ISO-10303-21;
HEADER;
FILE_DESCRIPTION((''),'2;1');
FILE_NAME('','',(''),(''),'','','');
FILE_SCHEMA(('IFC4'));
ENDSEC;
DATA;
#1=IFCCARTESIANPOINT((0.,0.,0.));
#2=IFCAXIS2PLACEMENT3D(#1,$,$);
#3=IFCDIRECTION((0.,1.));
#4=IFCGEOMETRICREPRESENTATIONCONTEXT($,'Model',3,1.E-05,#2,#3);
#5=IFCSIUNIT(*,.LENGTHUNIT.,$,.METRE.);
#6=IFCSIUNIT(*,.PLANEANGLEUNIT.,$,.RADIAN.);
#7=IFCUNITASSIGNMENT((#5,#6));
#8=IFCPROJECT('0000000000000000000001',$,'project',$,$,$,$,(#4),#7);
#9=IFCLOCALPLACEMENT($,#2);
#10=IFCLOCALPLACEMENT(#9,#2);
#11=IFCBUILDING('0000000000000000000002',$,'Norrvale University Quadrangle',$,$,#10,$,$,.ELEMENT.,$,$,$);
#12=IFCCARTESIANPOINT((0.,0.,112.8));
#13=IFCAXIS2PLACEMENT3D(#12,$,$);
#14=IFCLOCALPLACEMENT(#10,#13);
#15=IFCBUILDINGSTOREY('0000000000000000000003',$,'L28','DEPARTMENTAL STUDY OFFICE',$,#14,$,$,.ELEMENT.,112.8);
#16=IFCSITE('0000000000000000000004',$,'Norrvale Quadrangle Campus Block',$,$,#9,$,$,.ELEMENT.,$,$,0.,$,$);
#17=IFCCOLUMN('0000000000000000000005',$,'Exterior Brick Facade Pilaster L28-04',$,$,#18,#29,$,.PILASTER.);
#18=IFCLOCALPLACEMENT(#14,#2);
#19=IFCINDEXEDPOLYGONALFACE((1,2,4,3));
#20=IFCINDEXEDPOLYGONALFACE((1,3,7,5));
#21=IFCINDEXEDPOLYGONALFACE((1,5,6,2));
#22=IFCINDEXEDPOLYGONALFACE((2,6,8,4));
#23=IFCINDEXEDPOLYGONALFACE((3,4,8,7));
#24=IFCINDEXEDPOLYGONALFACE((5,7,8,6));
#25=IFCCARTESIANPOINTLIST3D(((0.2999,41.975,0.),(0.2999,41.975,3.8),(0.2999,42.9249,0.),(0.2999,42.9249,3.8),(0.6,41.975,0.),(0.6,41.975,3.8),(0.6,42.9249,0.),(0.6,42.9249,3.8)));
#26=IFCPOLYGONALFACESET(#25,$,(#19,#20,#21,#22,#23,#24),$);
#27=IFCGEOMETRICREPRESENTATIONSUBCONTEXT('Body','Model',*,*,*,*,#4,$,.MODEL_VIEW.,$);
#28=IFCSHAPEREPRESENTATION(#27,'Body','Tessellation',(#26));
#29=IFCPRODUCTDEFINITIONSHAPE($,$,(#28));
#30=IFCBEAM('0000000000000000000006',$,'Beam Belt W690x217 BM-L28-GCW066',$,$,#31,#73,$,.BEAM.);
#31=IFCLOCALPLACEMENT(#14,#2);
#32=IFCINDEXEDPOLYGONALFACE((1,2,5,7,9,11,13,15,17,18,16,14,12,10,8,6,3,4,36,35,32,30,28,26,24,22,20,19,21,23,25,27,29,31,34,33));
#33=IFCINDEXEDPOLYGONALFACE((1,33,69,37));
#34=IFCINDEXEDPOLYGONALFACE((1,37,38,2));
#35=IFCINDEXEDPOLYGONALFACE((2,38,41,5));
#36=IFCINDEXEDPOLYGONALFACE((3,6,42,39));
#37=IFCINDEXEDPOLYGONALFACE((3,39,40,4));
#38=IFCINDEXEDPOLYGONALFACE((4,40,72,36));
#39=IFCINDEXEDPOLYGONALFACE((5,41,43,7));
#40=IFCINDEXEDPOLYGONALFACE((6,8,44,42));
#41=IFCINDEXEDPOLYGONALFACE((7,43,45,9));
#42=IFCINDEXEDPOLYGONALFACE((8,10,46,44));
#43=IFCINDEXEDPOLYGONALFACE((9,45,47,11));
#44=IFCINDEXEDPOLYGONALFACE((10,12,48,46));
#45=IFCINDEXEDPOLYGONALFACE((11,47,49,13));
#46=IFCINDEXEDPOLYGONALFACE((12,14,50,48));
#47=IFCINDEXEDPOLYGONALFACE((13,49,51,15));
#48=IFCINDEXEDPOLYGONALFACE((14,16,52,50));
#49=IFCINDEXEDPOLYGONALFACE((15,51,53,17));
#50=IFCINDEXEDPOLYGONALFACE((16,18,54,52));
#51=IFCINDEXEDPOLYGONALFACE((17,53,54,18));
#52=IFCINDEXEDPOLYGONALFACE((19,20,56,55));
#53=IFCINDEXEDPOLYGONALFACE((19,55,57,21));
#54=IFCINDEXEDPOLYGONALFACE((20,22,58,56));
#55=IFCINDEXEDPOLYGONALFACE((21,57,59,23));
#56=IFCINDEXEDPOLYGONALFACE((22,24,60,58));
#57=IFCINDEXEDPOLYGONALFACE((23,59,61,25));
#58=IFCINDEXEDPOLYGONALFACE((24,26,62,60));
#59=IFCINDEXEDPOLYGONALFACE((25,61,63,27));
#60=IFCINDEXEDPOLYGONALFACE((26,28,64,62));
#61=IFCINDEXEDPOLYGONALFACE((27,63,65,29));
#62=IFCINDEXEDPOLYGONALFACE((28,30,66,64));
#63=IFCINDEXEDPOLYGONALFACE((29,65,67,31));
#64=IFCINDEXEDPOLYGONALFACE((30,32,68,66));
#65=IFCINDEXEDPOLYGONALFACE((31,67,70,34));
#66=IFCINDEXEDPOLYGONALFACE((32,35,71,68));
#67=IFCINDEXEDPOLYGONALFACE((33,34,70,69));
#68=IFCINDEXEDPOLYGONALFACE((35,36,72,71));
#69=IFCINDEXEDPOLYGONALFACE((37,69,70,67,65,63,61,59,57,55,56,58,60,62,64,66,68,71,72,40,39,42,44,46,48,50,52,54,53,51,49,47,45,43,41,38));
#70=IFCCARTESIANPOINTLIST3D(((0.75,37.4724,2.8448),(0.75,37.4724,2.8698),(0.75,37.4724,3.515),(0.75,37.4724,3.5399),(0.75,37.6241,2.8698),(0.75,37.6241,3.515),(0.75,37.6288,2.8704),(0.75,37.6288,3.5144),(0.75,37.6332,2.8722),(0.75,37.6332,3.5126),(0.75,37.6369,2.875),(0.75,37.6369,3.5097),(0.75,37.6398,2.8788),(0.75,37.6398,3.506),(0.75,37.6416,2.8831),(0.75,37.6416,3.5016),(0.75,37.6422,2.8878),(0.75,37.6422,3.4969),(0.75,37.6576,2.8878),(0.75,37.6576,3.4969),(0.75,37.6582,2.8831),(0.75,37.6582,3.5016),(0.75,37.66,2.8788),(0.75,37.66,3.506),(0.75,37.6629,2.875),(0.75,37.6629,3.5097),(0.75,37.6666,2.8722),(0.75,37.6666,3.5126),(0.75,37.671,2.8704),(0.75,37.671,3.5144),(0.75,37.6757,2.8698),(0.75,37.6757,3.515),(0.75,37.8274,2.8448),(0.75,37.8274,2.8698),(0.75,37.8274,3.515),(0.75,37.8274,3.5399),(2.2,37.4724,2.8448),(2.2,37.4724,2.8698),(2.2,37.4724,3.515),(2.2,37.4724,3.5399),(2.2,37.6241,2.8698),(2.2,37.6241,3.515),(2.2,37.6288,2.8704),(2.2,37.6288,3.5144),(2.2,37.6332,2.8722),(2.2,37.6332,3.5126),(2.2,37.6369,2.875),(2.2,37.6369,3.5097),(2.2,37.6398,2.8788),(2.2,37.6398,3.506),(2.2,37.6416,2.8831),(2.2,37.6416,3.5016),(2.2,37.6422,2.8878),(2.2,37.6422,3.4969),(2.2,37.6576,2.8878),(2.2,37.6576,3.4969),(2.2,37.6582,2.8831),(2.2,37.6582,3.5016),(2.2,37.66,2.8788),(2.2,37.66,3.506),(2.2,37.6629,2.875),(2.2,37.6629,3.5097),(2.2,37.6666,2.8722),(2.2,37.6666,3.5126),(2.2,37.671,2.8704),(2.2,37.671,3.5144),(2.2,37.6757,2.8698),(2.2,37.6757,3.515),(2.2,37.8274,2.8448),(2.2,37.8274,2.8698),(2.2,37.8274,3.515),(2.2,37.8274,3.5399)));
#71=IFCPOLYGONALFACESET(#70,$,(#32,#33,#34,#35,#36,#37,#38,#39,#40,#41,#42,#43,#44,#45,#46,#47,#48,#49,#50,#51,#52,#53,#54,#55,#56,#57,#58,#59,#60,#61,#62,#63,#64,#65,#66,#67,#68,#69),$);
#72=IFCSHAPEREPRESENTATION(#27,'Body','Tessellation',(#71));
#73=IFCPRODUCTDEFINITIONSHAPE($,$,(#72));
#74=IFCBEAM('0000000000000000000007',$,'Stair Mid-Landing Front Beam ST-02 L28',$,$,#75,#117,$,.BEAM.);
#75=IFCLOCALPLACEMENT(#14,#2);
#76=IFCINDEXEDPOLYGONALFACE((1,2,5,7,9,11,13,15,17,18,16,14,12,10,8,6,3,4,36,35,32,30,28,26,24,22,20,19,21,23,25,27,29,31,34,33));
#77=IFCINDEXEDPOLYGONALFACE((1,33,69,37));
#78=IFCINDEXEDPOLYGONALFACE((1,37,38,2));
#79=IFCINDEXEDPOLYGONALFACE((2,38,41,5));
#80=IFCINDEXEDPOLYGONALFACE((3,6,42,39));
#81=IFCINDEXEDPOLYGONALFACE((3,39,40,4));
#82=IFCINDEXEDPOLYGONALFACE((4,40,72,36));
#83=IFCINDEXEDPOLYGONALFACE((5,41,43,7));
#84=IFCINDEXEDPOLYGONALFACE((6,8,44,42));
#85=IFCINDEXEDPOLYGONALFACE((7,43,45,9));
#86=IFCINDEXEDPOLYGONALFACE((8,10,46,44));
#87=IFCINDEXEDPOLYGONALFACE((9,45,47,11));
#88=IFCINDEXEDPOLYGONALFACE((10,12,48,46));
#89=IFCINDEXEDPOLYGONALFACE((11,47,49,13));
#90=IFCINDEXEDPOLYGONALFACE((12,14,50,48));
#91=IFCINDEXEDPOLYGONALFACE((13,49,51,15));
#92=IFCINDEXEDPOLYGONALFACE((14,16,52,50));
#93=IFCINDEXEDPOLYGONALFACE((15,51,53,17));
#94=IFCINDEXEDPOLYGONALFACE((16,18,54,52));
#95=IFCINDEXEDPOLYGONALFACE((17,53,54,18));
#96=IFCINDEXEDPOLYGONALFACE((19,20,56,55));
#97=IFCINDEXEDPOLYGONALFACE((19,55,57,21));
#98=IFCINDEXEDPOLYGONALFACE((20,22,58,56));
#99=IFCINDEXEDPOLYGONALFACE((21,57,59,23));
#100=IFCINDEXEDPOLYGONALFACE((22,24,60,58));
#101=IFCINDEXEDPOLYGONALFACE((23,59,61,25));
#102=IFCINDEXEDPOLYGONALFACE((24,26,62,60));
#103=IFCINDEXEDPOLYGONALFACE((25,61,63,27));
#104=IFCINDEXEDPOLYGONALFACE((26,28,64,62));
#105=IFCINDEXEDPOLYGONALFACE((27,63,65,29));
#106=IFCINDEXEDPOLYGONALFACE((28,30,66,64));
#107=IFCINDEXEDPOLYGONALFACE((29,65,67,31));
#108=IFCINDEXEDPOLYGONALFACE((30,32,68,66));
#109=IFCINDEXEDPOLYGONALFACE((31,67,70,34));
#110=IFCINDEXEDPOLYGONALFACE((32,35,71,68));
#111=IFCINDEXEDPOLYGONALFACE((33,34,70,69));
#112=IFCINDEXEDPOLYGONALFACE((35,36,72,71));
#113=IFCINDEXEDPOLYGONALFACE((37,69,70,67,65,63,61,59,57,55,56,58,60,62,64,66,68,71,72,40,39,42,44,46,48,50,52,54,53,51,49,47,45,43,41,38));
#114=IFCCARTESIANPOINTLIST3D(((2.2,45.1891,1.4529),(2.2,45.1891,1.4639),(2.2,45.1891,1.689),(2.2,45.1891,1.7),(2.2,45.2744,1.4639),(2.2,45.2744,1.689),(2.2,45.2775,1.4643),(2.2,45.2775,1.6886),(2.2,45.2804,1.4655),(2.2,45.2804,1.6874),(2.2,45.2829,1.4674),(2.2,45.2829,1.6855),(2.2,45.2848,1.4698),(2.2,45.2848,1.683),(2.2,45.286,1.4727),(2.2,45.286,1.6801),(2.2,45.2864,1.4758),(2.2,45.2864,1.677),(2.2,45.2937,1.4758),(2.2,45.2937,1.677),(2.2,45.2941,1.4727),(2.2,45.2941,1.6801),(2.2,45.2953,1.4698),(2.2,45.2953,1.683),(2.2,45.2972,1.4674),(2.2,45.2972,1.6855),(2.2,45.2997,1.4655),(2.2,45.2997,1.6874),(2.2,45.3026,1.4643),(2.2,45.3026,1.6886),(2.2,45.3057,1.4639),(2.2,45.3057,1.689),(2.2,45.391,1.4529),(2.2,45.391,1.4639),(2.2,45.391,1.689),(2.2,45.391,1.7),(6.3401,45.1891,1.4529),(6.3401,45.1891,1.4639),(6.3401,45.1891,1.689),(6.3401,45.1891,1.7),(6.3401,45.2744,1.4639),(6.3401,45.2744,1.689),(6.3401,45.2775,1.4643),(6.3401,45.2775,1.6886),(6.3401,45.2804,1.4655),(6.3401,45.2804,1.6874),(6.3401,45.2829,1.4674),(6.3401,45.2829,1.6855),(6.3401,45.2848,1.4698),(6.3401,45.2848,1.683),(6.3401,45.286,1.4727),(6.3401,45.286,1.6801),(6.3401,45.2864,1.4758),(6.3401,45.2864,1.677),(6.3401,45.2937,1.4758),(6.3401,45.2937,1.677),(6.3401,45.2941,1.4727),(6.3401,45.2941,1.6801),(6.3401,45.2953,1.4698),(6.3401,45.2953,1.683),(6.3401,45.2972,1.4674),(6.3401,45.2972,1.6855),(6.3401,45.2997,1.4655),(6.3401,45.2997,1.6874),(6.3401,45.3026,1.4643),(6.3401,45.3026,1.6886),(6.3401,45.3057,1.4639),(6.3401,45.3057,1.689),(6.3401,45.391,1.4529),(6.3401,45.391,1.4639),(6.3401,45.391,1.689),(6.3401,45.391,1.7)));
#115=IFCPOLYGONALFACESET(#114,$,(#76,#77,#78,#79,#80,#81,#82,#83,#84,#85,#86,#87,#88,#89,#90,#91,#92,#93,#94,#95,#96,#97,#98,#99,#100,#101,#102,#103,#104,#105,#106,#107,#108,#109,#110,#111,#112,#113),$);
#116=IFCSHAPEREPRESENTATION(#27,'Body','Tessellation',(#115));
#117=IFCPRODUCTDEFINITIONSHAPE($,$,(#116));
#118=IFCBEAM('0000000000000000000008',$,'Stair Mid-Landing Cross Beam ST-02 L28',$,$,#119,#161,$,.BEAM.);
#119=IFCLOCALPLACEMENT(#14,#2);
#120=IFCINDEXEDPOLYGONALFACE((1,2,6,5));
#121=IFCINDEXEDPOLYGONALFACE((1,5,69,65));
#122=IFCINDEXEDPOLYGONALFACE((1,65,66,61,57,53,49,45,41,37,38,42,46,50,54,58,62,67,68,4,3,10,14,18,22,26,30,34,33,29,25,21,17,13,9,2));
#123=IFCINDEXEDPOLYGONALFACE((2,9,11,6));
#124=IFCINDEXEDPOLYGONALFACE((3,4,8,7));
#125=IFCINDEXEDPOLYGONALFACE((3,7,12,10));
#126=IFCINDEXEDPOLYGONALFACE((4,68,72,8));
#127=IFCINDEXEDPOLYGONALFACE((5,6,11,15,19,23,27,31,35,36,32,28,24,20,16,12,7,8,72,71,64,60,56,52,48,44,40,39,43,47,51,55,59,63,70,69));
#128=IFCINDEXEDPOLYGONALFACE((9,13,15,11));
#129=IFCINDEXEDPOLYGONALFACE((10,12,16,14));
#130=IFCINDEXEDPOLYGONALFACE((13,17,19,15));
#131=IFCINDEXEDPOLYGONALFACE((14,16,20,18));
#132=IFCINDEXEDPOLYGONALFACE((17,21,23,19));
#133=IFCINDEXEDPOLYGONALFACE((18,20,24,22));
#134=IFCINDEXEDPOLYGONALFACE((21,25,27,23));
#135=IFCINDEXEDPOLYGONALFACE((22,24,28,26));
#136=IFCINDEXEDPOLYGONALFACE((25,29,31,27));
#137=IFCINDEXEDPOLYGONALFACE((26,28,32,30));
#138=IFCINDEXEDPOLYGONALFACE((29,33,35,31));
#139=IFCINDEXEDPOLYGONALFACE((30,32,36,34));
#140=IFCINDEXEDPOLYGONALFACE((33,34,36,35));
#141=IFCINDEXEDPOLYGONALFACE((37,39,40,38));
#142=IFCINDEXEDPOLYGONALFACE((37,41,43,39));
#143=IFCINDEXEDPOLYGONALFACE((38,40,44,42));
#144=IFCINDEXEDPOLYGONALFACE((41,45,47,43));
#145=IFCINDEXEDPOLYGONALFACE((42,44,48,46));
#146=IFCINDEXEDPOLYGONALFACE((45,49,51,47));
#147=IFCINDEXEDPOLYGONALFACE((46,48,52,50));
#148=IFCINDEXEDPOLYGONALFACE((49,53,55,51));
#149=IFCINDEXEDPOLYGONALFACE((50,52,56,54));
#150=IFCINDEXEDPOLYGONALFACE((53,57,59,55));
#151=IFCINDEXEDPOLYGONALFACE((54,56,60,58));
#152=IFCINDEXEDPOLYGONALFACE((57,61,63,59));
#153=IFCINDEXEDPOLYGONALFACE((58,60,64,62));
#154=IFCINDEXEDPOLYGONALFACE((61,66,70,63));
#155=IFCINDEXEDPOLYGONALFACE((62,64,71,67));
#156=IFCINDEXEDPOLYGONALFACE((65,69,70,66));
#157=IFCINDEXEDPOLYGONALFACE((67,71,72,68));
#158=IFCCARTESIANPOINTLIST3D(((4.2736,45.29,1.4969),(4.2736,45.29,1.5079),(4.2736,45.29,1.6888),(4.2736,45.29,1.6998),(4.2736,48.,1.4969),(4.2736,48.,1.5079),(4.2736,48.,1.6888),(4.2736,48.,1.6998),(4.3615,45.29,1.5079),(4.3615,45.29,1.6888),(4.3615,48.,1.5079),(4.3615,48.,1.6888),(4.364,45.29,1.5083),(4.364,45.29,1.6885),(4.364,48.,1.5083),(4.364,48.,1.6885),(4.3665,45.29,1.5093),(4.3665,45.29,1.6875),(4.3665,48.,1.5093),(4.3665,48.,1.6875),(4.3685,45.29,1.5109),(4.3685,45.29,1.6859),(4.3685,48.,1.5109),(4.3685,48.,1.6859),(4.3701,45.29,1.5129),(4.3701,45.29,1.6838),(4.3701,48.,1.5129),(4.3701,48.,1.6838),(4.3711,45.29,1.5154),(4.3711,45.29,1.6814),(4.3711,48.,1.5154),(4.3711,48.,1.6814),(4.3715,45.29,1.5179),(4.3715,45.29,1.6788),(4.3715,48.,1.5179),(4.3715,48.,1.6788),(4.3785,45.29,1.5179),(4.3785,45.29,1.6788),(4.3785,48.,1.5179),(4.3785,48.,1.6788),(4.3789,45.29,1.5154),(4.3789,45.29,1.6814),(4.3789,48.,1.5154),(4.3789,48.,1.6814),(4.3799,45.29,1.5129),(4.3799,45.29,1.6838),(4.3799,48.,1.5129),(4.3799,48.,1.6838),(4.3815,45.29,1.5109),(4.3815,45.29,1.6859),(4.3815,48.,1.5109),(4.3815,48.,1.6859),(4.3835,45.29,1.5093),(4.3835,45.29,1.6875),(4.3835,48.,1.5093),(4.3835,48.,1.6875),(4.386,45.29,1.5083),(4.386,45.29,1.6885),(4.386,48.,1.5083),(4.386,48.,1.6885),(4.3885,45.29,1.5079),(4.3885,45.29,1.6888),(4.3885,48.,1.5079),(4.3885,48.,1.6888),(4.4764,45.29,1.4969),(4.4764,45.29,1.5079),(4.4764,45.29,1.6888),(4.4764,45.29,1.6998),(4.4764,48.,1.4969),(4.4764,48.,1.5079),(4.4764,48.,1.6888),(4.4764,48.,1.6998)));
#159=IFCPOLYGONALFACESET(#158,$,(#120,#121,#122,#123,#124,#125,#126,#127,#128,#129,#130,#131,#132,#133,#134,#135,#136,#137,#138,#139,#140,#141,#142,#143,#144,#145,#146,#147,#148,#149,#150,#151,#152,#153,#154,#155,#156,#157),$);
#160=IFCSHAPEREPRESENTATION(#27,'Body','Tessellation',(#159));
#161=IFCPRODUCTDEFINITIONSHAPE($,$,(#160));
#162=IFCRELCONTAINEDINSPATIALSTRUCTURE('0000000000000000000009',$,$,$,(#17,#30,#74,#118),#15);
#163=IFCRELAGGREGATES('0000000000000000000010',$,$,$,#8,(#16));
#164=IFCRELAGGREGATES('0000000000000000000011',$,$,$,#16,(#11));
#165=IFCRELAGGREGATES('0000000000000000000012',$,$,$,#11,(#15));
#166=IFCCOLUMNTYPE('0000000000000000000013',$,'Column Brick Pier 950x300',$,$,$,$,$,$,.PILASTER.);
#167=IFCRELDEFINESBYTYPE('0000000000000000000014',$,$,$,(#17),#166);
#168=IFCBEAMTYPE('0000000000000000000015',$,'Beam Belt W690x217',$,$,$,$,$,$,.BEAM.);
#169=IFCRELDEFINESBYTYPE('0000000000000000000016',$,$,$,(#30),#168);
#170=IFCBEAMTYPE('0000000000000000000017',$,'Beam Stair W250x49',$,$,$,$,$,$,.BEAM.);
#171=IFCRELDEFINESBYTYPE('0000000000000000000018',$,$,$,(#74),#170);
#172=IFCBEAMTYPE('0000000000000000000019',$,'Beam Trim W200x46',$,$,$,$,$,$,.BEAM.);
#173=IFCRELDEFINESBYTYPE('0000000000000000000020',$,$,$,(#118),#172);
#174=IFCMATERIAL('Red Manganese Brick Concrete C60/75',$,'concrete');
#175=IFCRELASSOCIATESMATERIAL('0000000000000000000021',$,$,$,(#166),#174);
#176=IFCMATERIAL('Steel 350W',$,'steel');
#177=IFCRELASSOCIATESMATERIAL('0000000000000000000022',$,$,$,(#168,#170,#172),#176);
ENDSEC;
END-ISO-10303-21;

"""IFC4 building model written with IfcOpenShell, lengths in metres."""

from ifc_helpers import new_model, si_unit, direction, frame, origin, origin_2d, place, context, subcontext, project, spatial, rectangle, i_section, extrude, material, material_profile, profile_set, type_object, element, save


model = new_model("IFC4")

# Units and contexts
model_context = context("Model", 3, precision=1e-05, world=origin(), true_north=direction((0.0, 1.0)))
body_context = subcontext(model_context, "Body", "Model", "MODEL_VIEW")
ifc_project = project(units=[si_unit("LENGTHUNIT", "METRE"), si_unit("PLANEANGLEUNIT", "RADIAN")], contexts=[model_context])

# Site, building, storey
site_placement = place(None, origin())
site = spatial("IfcSite", under=ifc_project, at=site_placement, Name="Norrvale Quadrangle Campus Block", CompositionType="ELEMENT", RefElevation=0.0)
building_placement = place(site_placement, origin())
building = spatial("IfcBuilding", under=site, at=building_placement, Name="Norrvale University Quadrangle", CompositionType="ELEMENT")
storey_placement = place(building_placement, frame((0.0, 0.0, 112.8)))
storey = spatial("IfcBuildingStorey", under=building, at=storey_placement, Name="L28", Description="DEPARTMENTAL STUDY OFFICE", CompositionType="ELEMENT", Elevation=112.8)

# Column
ifc_material_1 = material(Name="Red Manganese Brick Concrete C60/75", Category="concrete")
ifc_material_profile_1 = material_profile(ifc_material_1, rectangle(XDim=0.95, YDim=0.3, at=origin_2d()), Name="Red Manganese Brick Concrete C60/75")
ifc_profile_set_1 = profile_set([ifc_material_profile_1], Name="Red Manganese Brick Concrete C60/75")
column_type = type_object("IfcColumnType", Name="Column Brick Pier 950x300", PredefinedType="PILASTER", material=ifc_profile_set_1)
column_placement = place(storey_placement, frame((0.45, 42.45, 0.0), z_axis=(0.0, 0.0, 1.0), x_axis=(0.0, 1.0, 0.0)))
element("IfcColumn", 1, at=column_placement, inside=storey, type_object=column_type, Name="Exterior Brick Facade Pilaster L28-04", PredefinedType="PILASTER", context=body_context, shape_type="SweptSolid", body=[
    extrude(rectangle(XDim=0.95, YDim=0.3, at=origin_2d()), origin(), (0.0, 0.0, 1.0), 3.8),
])

# Beams
ifc_material_2 = material(Name="Steel 350W", Category="steel")
ifc_material_profile_2 = material_profile(ifc_material_2, i_section(OverallWidth=0.355, OverallDepth=0.6951, WebThickness=0.0154, FlangeThickness=0.0249, FilletRadius=0.0181, at=origin_2d()), Name="Steel 350W")
ifc_profile_set_2 = profile_set([ifc_material_profile_2], Name="Steel 350W")
beam_type_1 = type_object("IfcBeamType", Name="Beam Belt W690x217", PredefinedType="BEAM", material=ifc_profile_set_2)
beam_1_placement = place(storey_placement, frame((0.75, 37.6499, 3.1924), z_axis=(1.0, 0.0, 0.0), x_axis=(0.0, 1.0, 0.0)))
element("IfcBeam", 2, at=beam_1_placement, inside=storey, type_object=beam_type_1, Name="Beam Belt W690x217 BM-L28-GCW066", PredefinedType="BEAM", context=body_context, shape_type="SweptSolid", body=[
    extrude(i_section(OverallWidth=0.355, OverallDepth=0.6951, WebThickness=0.0154, FlangeThickness=0.0249, FilletRadius=0.0181, at=origin_2d()), origin(), (0.0, 0.0, 1.0), 1.45),
])
ifc_material_profile_3 = material_profile(ifc_material_2, i_section(OverallWidth=0.2019, OverallDepth=0.2471, WebThickness=0.0073, FlangeThickness=0.011, FilletRadius=0.012, at=origin_2d()), Name="Steel 350W")
ifc_profile_set_3 = profile_set([ifc_material_profile_3], Name="Steel 350W")
beam_type_2 = type_object("IfcBeamType", Name="Beam Stair W250x49", PredefinedType="BEAM", material=ifc_profile_set_3)
beam_2_placement = place(storey_placement, frame((2.2, 45.29, 1.5764), z_axis=(1.0, 0.0, 0.0), x_axis=(0.0, 1.0, 0.0)))
element("IfcBeam", 3, at=beam_2_placement, inside=storey, type_object=beam_type_2, Name="Stair Mid-Landing Front Beam ST-02 L28", PredefinedType="BEAM", context=body_context, shape_type="SweptSolid", body=[
    extrude(i_section(OverallWidth=0.2019, OverallDepth=0.2471, WebThickness=0.0073, FlangeThickness=0.011, FilletRadius=0.012, at=origin_2d()), origin(), (0.0, 0.0, 1.0), 4.1401),
])
ifc_material_profile_4 = material_profile(ifc_material_2, i_section(OverallWidth=0.2029, OverallDepth=0.2029, WebThickness=0.0071, FlangeThickness=0.011, FilletRadius=0.01, at=origin_2d()), Name="Steel 350W")
ifc_profile_set_4 = profile_set([ifc_material_profile_4], Name="Steel 350W")
beam_type_3 = type_object("IfcBeamType", Name="Beam Trim W200x46", PredefinedType="BEAM", material=ifc_profile_set_4)
beam_3_placement = place(storey_placement, frame((4.375, 45.29, 1.5984), z_axis=(0.0, 1.0, 0.0), x_axis=(-1.0, 0.0, 0.0)))
element("IfcBeam", 4, at=beam_3_placement, inside=storey, type_object=beam_type_3, Name="Stair Mid-Landing Cross Beam ST-02 L28", PredefinedType="BEAM", context=body_context, shape_type="SweptSolid", body=[
    extrude(i_section(OverallWidth=0.2029, OverallDepth=0.2029, WebThickness=0.0071, FlangeThickness=0.011, FilletRadius=0.01, at=origin_2d()), origin(), (0.0, 0.0, 1.0), 2.71),
])

save(model, "model.ifc")
